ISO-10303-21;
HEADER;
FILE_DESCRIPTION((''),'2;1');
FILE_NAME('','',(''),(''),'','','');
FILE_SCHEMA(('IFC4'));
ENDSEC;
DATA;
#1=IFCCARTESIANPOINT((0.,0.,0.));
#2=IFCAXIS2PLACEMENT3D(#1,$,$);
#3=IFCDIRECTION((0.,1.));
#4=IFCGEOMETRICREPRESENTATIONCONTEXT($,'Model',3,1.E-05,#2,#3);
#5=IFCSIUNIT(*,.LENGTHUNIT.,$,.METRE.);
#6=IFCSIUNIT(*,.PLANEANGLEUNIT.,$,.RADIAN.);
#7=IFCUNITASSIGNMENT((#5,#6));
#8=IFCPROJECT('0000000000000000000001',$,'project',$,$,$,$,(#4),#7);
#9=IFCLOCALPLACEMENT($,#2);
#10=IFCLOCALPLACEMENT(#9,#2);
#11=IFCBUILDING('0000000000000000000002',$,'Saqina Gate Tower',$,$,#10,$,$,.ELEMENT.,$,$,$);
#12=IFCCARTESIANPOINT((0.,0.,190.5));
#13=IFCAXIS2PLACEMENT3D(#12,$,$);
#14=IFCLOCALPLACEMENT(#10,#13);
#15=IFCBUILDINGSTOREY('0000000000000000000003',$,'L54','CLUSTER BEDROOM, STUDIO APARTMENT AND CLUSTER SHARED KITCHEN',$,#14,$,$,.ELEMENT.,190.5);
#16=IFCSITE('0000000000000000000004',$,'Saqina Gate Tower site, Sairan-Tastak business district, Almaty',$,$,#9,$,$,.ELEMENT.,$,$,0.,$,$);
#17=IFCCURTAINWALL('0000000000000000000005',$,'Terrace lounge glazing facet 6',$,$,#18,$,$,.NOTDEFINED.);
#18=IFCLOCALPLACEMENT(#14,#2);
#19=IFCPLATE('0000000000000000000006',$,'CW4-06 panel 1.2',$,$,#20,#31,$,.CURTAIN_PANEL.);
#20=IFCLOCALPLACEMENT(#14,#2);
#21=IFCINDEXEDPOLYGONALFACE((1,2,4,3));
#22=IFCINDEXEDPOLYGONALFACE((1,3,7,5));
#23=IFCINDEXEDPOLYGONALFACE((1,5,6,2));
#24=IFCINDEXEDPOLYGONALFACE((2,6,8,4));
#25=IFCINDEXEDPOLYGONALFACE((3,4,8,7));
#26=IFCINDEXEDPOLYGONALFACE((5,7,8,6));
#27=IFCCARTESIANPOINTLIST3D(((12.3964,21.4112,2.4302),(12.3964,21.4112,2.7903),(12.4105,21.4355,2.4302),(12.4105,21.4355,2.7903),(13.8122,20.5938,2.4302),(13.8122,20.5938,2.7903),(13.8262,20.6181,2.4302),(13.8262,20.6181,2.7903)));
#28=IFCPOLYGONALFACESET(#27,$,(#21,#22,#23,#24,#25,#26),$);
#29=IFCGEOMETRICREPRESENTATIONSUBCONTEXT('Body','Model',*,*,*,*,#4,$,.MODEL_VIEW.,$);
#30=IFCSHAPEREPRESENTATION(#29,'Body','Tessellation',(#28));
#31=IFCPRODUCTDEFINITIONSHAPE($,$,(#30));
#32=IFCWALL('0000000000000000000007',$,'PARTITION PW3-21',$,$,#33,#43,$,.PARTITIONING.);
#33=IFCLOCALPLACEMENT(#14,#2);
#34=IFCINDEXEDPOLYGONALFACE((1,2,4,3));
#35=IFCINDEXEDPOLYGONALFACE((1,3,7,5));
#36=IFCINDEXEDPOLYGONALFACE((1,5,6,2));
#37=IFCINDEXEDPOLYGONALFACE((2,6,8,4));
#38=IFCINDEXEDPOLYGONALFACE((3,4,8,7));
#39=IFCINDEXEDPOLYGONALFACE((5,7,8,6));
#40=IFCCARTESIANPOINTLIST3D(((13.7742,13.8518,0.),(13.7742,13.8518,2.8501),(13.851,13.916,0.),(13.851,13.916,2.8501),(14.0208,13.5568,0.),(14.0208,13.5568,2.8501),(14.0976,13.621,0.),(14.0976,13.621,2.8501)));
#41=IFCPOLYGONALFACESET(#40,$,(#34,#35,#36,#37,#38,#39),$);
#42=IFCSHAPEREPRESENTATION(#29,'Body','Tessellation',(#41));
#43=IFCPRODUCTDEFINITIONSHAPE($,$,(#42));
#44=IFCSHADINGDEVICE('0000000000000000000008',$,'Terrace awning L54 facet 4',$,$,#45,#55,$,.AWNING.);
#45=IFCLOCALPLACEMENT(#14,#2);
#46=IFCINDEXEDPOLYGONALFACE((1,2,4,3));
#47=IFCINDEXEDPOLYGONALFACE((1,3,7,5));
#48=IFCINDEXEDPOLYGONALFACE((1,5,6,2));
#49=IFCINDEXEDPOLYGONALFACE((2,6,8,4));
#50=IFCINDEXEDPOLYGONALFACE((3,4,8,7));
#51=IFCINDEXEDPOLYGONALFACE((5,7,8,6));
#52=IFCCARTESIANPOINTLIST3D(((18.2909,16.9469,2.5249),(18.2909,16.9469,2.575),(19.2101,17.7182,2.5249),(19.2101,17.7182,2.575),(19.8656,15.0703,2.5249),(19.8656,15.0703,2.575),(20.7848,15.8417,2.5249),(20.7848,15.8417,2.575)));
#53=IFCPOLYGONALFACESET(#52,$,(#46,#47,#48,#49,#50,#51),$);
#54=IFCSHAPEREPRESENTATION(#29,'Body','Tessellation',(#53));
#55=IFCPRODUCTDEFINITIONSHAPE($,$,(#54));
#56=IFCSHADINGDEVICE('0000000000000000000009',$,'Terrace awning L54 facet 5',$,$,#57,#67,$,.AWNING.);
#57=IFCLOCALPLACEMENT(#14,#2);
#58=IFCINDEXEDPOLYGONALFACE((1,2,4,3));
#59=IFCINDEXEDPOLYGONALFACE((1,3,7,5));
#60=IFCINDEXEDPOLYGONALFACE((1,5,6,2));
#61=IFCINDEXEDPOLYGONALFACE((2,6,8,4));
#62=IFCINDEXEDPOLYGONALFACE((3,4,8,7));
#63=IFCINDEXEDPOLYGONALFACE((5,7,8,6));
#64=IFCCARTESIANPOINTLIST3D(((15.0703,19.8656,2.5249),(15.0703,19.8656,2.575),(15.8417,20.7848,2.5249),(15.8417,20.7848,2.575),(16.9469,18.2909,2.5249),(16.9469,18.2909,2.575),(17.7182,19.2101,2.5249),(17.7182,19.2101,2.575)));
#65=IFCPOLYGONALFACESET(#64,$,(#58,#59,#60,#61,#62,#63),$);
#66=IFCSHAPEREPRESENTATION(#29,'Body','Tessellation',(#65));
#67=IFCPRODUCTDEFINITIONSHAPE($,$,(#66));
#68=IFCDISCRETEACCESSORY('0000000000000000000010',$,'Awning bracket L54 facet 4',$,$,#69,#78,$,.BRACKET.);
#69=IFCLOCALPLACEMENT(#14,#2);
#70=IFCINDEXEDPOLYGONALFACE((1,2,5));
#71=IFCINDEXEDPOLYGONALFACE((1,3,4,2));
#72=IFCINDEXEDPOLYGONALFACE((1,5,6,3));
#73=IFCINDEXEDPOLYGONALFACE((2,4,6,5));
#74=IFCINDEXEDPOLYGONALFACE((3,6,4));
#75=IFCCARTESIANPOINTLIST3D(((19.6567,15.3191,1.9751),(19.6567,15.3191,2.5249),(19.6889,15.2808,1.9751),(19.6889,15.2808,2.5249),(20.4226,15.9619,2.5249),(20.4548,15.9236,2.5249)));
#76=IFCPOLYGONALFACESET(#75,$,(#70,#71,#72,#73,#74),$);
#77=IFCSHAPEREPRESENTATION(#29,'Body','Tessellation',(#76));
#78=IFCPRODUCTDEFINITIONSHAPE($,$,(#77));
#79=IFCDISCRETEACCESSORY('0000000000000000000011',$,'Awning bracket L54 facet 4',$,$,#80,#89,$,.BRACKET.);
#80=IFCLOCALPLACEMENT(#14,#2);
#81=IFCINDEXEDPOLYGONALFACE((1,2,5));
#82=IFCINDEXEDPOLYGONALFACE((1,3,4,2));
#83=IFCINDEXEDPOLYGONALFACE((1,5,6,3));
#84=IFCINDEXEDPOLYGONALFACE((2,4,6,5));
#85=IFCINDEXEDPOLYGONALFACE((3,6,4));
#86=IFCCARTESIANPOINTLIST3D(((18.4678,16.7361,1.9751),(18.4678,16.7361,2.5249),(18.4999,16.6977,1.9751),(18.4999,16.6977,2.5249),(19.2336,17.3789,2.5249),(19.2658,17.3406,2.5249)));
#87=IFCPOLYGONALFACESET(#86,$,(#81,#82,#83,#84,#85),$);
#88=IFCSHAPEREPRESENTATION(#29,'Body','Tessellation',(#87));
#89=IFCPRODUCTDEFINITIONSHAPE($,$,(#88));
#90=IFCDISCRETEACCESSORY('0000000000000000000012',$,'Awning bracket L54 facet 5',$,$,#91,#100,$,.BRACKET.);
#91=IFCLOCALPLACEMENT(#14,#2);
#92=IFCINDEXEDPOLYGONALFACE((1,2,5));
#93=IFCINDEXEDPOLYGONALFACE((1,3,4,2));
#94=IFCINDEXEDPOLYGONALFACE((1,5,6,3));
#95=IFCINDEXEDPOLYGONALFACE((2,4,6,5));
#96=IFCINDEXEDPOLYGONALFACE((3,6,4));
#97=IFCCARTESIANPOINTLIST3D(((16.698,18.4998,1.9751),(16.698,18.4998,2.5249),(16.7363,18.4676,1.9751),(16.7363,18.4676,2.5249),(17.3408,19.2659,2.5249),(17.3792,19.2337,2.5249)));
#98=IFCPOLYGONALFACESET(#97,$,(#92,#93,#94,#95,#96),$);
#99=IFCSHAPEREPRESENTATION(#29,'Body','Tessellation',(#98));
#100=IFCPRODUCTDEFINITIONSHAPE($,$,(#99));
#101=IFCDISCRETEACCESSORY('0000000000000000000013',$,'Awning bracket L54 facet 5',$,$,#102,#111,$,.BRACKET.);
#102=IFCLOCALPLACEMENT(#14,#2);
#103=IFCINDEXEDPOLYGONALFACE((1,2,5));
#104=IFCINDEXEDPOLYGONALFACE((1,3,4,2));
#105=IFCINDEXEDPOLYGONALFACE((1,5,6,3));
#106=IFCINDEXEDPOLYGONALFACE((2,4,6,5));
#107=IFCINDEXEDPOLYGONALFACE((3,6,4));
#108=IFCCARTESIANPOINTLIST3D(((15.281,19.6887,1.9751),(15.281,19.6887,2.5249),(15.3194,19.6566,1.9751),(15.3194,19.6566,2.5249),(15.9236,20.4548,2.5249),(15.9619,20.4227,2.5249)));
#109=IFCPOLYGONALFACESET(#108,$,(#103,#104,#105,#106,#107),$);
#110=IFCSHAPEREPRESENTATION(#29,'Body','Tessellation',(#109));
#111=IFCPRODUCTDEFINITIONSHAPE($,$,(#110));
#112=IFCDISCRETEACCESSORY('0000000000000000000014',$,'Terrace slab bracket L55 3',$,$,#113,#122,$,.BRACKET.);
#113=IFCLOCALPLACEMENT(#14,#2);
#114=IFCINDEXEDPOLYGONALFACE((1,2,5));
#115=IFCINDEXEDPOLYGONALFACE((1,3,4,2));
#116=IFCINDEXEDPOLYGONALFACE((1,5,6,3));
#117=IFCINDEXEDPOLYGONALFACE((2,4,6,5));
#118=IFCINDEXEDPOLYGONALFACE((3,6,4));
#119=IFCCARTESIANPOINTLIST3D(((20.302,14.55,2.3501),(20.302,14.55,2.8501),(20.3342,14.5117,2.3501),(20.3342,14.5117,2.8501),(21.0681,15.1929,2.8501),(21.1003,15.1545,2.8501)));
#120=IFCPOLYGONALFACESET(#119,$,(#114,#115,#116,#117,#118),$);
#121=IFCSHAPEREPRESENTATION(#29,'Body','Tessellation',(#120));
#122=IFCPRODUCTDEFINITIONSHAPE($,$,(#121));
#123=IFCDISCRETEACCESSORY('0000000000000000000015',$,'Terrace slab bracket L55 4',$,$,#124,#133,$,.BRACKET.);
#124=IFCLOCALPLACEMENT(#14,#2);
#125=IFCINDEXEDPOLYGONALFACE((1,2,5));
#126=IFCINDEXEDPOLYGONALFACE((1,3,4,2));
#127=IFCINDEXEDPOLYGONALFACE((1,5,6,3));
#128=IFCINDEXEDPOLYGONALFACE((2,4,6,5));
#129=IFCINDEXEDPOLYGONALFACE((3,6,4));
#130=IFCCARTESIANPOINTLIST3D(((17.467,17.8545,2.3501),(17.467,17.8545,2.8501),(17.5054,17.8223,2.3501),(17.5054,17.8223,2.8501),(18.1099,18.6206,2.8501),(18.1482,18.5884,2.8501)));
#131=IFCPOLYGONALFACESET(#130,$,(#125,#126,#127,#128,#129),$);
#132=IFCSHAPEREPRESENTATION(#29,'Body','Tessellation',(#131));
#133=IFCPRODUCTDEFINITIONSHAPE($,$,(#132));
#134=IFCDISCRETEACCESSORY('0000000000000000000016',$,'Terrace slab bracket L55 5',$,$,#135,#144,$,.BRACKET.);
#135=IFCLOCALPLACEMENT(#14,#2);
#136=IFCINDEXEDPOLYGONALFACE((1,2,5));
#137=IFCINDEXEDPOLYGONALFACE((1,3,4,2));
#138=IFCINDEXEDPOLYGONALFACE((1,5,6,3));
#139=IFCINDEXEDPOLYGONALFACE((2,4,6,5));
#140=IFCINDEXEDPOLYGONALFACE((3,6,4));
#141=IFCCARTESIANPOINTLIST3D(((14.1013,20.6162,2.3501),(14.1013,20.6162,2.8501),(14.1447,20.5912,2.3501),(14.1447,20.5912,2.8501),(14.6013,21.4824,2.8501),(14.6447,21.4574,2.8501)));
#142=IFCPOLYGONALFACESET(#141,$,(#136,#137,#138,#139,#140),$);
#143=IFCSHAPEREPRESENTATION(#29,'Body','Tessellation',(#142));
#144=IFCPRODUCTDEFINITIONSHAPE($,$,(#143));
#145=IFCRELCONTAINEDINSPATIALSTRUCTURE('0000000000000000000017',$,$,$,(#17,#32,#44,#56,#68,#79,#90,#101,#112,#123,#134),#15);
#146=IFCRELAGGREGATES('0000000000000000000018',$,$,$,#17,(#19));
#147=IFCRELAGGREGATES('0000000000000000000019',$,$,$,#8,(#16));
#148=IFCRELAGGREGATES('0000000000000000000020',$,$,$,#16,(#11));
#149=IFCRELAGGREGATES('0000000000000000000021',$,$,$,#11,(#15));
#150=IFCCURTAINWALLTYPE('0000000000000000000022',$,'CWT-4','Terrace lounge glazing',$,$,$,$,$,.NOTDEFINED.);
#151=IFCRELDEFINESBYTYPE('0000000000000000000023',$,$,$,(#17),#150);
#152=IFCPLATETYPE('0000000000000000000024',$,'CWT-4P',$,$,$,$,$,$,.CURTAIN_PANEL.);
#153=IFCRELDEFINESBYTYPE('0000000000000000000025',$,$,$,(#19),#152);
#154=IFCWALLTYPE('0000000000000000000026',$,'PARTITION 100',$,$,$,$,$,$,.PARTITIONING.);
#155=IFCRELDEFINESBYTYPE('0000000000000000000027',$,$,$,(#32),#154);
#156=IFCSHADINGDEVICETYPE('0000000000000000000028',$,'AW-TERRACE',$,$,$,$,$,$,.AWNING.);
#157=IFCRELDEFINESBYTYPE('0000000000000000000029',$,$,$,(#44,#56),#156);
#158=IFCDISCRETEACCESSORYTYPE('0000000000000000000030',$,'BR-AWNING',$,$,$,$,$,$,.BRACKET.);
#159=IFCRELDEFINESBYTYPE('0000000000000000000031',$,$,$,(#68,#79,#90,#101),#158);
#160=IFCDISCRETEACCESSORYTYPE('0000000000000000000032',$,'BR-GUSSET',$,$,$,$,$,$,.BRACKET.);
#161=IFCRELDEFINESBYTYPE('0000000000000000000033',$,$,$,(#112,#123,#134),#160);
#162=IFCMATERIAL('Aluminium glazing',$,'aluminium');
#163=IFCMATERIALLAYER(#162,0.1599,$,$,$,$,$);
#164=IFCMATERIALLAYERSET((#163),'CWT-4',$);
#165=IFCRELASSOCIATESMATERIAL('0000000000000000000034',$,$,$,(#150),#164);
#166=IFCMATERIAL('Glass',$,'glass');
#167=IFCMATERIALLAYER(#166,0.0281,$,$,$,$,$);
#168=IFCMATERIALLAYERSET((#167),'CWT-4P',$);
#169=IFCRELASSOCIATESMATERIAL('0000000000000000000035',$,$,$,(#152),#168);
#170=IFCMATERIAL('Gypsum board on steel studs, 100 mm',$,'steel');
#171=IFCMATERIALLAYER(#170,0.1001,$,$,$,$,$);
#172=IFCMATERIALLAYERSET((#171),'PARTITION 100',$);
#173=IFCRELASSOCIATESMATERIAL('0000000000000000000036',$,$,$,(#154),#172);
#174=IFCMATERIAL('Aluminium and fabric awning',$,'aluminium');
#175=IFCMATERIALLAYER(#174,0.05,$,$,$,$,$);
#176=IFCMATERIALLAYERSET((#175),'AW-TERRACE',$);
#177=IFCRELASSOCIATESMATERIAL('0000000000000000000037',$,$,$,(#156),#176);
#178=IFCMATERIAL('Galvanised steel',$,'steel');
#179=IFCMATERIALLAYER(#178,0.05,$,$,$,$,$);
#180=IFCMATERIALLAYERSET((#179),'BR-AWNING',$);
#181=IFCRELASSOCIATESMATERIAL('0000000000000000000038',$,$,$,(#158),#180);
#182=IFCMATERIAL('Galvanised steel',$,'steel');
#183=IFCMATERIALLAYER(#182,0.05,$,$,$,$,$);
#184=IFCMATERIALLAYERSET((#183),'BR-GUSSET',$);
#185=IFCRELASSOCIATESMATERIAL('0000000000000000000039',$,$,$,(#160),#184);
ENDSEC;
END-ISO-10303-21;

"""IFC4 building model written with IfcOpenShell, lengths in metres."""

from ifc_helpers import new_model, si_unit, direction, frame, frame_2d, origin, origin_2d, place, context, subcontext, project, spatial, polyline, rectangle, outline, extrude, material, layer, layer_set, type_object, element, aggregate, save


model = new_model("IFC4")

# Units and contexts
model_context = context("Model", 3, precision=1e-05, world=origin(), true_north=direction((0.0, 1.0)))
body_context = subcontext(model_context, "Body", "Model", "MODEL_VIEW")
ifc_project = project(units=[si_unit("LENGTHUNIT", "METRE"), si_unit("PLANEANGLEUNIT", "RADIAN")], contexts=[model_context])

# Site, building, storey
site_placement = place(None, origin())
site = spatial("IfcSite", under=ifc_project, at=site_placement, Name="Saqina Gate Tower site, Sairan-Tastak business district, Almaty", CompositionType="ELEMENT", RefElevation=0.0)
building_placement = place(site_placement, origin())
building = spatial("IfcBuilding", under=site, at=building_placement, Name="Saqina Gate Tower", CompositionType="ELEMENT")
storey_placement = place(building_placement, frame((0.0, 0.0, 190.5)))
storey = spatial("IfcBuildingStorey", under=building, at=storey_placement, Name="L54", Description="CLUSTER BEDROOM, STUDIO APARTMENT AND CLUSTER SHARED KITCHEN", CompositionType="ELEMENT", Elevation=190.5)

# Curtain wall
ifc_material_1 = material(Name="Aluminium glazing", Category="aluminium")
ifc_layer_1 = layer(ifc_material_1, 0.1599)
ifc_layer_set_1 = layer_set([ifc_layer_1], Name="CWT-4")
curtain_wall_type = type_object("IfcCurtainWallType", Name="CWT-4", Description="Terrace lounge glazing", PredefinedType="NOTDEFINED", material=ifc_layer_set_1)
curtain_wall_1_placement = place(storey_placement, origin())
curtain_wall_1 = element("IfcCurtainWall", 1, at=curtain_wall_1_placement, inside=storey, type_object=curtain_wall_type, Name="Terrace lounge glazing facet 6", PredefinedType="NOTDEFINED")

# Plate
ifc_material_2 = material(Name="Glass", Category="glass")
ifc_layer_2 = layer(ifc_material_2, 0.0281)
ifc_layer_set_2 = layer_set([ifc_layer_2], Name="CWT-4P")
plate_type = type_object("IfcPlateType", Name="CWT-4P", PredefinedType="CURTAIN_PANEL", material=ifc_layer_set_2)
plate_1_placement = place(storey_placement, frame((13.1113, 21.0146, 2.4302), z_axis=(0.0, 0.0, 1.0), x_axis=(-0.866017, 0.500014, 0.0)))
plate_1 = element("IfcPlate", 2, at=plate_1_placement, type_object=plate_type, Name="CW4-06 panel 1.2", PredefinedType="CURTAIN_PANEL", context=body_context, shape_type="SweptSolid", body=[
    extrude(rectangle(XDim=1.6348, YDim=0.0281, at=origin_2d()), origin(), (0.0, 0.0, 1.0), 0.3601),
])
aggregate(curtain_wall_1, [plate_1])

# Wall
ifc_material_3 = material(Name="Gypsum board on steel studs, 100 mm", Category="steel")
ifc_layer_3 = layer(ifc_material_3, 0.1001)
ifc_layer_set_3 = layer_set([ifc_layer_3], Name="PARTITION 100")
wall_type_1 = type_object("IfcWallType", Name="PARTITION 100", PredefinedType="PARTITIONING", material=ifc_layer_set_3)
wall_1_placement = place(storey_placement, frame((13.8125, 13.884, 0.0), z_axis=(0.0, 0.0, 1.0), x_axis=(0.641433, -0.767179, 0.0)))
element("IfcWall", 3, at=wall_1_placement, inside=storey, type_object=wall_type_1, Name="PARTITION PW3-21", PredefinedType="PARTITIONING", context=body_context, shape_type="SweptSolid", body=[
    extrude(rectangle(XDim=0.3845, YDim=0.1001, at=frame_2d((0.1924, 0.0))), origin(), (0.0, 0.0, 1.0), 2.8501),
])

# Shading devices
ifc_material_4 = material(Name="Aluminium and fabric awning", Category="aluminium")
ifc_layer_4 = layer(ifc_material_4, 0.05)
ifc_layer_set_4 = layer_set([ifc_layer_4], Name="AW-TERRACE")
shading_device_type = type_object("IfcShadingDeviceType", Name="AW-TERRACE", PredefinedType="AWNING", material=ifc_layer_set_4)
for number, where, z_axis, x_axis, name in (
    (4, (19.5378, 16.3943, 2.5249), (0.0, 0.0, 1.0), (-0.642788, 0.766044, 0.0), "Terrace awning L54 facet 4"),
    (5, (16.3943, 19.5378, 2.5249), (0.0, 0.0, 1.0), (-0.766044, 0.642788, 0.0), "Terrace awning L54 facet 5"),
):
    element("IfcShadingDevice", number, at=place(storey_placement, frame(where, z_axis=z_axis, x_axis=x_axis)), inside=storey, type_object=shading_device_type, Name=name, PredefinedType="AWNING", context=body_context, shape_type="SweptSolid", body=[
        extrude(rectangle(XDim=2.4497, YDim=1.2, at=origin_2d()), origin(), (0.0, 0.0, 1.0), 0.05),
    ])

# Discrete accessories
ifc_material_5 = material(Name="Galvanised steel", Category="steel")
ifc_layer_5 = layer(ifc_material_5, 0.05)
ifc_layer_set_5 = layer_set([ifc_layer_5], Name="BR-AWNING")
discrete_accessory_type_1 = type_object("IfcDiscreteAccessoryType", Name="BR-AWNING", PredefinedType="BRACKET", material=ifc_layer_set_5)
for number, where, z_axis, x_axis, name in (
    (6, (19.6567, 15.3191, 1.9751), (-0.642894, 0.765955, 0.0), (0.0, 0.0, 1.0), "Awning bracket L54 facet 4"),
    (7, (18.4678, 16.7361, 1.9751), (-0.642894, 0.765955, 0.0), (0.0, 0.0, 1.0), "Awning bracket L54 facet 4"),
):
    element("IfcDiscreteAccessory", number, at=place(storey_placement, frame(where, z_axis=z_axis, x_axis=x_axis)), inside=storey, type_object=discrete_accessory_type_1, Name=name, PredefinedType="BRACKET", context=body_context, shape_type="SweptSolid", body=[
        extrude(outline(polyline([(0.0, 0.0), (0.5498, 0.0), (0.5498, 0.9999), (0.0, 0.0)])), origin(), (0.0, 0.0, -1.0), 0.05),
    ])
discrete_accessory_1_placement = place(storey_placement, frame((16.698, 18.4998, 1.9751), z_axis=(-0.766056, 0.642774, 0.0), x_axis=(0.0, 0.0, 1.0)))
element("IfcDiscreteAccessory", 8, at=discrete_accessory_1_placement, inside=storey, type_object=discrete_accessory_type_1, Name="Awning bracket L54 facet 5", PredefinedType="BRACKET", context=body_context, shape_type="SweptSolid", body=[
    extrude(outline(polyline([(0.0, 0.0), (0.5498, 0.0), (0.5498, 1.0001), (0.0, 0.0)])), origin(), (0.0, 0.0, -1.0), 0.05),
])
discrete_accessory_2_placement = place(storey_placement, frame((15.281, 19.6887, 1.9751), z_axis=(-0.766176, 0.642631, 0.0), x_axis=(0.0, 0.0, 1.0)))
element("IfcDiscreteAccessory", 9, at=discrete_accessory_2_placement, inside=storey, type_object=discrete_accessory_type_1, Name="Awning bracket L54 facet 5", PredefinedType="BRACKET", context=body_context, shape_type="SweptSolid", body=[
    extrude(outline(polyline([(0.0, 0.0), (0.5498, 0.0), (0.5498, 0.9999), (0.0, 0.0)])), origin(), (0.0, 0.0, -1.0), 0.05),
])
ifc_material_6 = material(Name="Galvanised steel", Category="steel")
ifc_layer_6 = layer(ifc_material_6, 0.05)
ifc_layer_set_6 = layer_set([ifc_layer_6], Name="BR-GUSSET")
discrete_accessory_type_2 = type_object("IfcDiscreteAccessoryType", Name="BR-GUSSET", PredefinedType="BRACKET", material=ifc_layer_set_6)
for number, where, z_axis, x_axis, name in (
    (10, (20.302, 14.55, 2.3501), (-0.642774, 0.766056, 0.0), (0.0, 0.0, 1.0), "Terrace slab bracket L55 3"),
    (11, (17.467, 17.8545, 2.3501), (-0.766056, 0.642774, 0.0), (0.0, 0.0, 1.0), "Terrace slab bracket L55 4"),
):
    element("IfcDiscreteAccessory", number, at=place(storey_placement, frame(where, z_axis=z_axis, x_axis=x_axis)), inside=storey, type_object=discrete_accessory_type_2, Name=name, PredefinedType="BRACKET", context=body_context, shape_type="SweptSolid", body=[
        extrude(outline(polyline([(0.0, 0.0), (0.5, 0.0), (0.5, 1.0001), (0.0, 0.0)])), origin(), (0.0, 0.0, -1.0), 0.05),
    ])
discrete_accessory_3_placement = place(storey_placement, frame((14.1013, 20.6162, 2.3501), z_axis=(-0.866072, 0.49992, 0.0), x_axis=(0.0, 0.0, 1.0)))
element("IfcDiscreteAccessory", 12, at=discrete_accessory_3_placement, inside=storey, type_object=discrete_accessory_type_2, Name="Terrace slab bracket L55 5", PredefinedType="BRACKET", context=body_context, shape_type="SweptSolid", body=[
    extrude(outline(polyline([(0.0, 0.0), (0.5, 0.0), (0.5, 1.0002), (0.0, 0.0)])), origin(), (0.0, 0.0, -1.0), 0.05),
])

save(model, "model.ifc")
